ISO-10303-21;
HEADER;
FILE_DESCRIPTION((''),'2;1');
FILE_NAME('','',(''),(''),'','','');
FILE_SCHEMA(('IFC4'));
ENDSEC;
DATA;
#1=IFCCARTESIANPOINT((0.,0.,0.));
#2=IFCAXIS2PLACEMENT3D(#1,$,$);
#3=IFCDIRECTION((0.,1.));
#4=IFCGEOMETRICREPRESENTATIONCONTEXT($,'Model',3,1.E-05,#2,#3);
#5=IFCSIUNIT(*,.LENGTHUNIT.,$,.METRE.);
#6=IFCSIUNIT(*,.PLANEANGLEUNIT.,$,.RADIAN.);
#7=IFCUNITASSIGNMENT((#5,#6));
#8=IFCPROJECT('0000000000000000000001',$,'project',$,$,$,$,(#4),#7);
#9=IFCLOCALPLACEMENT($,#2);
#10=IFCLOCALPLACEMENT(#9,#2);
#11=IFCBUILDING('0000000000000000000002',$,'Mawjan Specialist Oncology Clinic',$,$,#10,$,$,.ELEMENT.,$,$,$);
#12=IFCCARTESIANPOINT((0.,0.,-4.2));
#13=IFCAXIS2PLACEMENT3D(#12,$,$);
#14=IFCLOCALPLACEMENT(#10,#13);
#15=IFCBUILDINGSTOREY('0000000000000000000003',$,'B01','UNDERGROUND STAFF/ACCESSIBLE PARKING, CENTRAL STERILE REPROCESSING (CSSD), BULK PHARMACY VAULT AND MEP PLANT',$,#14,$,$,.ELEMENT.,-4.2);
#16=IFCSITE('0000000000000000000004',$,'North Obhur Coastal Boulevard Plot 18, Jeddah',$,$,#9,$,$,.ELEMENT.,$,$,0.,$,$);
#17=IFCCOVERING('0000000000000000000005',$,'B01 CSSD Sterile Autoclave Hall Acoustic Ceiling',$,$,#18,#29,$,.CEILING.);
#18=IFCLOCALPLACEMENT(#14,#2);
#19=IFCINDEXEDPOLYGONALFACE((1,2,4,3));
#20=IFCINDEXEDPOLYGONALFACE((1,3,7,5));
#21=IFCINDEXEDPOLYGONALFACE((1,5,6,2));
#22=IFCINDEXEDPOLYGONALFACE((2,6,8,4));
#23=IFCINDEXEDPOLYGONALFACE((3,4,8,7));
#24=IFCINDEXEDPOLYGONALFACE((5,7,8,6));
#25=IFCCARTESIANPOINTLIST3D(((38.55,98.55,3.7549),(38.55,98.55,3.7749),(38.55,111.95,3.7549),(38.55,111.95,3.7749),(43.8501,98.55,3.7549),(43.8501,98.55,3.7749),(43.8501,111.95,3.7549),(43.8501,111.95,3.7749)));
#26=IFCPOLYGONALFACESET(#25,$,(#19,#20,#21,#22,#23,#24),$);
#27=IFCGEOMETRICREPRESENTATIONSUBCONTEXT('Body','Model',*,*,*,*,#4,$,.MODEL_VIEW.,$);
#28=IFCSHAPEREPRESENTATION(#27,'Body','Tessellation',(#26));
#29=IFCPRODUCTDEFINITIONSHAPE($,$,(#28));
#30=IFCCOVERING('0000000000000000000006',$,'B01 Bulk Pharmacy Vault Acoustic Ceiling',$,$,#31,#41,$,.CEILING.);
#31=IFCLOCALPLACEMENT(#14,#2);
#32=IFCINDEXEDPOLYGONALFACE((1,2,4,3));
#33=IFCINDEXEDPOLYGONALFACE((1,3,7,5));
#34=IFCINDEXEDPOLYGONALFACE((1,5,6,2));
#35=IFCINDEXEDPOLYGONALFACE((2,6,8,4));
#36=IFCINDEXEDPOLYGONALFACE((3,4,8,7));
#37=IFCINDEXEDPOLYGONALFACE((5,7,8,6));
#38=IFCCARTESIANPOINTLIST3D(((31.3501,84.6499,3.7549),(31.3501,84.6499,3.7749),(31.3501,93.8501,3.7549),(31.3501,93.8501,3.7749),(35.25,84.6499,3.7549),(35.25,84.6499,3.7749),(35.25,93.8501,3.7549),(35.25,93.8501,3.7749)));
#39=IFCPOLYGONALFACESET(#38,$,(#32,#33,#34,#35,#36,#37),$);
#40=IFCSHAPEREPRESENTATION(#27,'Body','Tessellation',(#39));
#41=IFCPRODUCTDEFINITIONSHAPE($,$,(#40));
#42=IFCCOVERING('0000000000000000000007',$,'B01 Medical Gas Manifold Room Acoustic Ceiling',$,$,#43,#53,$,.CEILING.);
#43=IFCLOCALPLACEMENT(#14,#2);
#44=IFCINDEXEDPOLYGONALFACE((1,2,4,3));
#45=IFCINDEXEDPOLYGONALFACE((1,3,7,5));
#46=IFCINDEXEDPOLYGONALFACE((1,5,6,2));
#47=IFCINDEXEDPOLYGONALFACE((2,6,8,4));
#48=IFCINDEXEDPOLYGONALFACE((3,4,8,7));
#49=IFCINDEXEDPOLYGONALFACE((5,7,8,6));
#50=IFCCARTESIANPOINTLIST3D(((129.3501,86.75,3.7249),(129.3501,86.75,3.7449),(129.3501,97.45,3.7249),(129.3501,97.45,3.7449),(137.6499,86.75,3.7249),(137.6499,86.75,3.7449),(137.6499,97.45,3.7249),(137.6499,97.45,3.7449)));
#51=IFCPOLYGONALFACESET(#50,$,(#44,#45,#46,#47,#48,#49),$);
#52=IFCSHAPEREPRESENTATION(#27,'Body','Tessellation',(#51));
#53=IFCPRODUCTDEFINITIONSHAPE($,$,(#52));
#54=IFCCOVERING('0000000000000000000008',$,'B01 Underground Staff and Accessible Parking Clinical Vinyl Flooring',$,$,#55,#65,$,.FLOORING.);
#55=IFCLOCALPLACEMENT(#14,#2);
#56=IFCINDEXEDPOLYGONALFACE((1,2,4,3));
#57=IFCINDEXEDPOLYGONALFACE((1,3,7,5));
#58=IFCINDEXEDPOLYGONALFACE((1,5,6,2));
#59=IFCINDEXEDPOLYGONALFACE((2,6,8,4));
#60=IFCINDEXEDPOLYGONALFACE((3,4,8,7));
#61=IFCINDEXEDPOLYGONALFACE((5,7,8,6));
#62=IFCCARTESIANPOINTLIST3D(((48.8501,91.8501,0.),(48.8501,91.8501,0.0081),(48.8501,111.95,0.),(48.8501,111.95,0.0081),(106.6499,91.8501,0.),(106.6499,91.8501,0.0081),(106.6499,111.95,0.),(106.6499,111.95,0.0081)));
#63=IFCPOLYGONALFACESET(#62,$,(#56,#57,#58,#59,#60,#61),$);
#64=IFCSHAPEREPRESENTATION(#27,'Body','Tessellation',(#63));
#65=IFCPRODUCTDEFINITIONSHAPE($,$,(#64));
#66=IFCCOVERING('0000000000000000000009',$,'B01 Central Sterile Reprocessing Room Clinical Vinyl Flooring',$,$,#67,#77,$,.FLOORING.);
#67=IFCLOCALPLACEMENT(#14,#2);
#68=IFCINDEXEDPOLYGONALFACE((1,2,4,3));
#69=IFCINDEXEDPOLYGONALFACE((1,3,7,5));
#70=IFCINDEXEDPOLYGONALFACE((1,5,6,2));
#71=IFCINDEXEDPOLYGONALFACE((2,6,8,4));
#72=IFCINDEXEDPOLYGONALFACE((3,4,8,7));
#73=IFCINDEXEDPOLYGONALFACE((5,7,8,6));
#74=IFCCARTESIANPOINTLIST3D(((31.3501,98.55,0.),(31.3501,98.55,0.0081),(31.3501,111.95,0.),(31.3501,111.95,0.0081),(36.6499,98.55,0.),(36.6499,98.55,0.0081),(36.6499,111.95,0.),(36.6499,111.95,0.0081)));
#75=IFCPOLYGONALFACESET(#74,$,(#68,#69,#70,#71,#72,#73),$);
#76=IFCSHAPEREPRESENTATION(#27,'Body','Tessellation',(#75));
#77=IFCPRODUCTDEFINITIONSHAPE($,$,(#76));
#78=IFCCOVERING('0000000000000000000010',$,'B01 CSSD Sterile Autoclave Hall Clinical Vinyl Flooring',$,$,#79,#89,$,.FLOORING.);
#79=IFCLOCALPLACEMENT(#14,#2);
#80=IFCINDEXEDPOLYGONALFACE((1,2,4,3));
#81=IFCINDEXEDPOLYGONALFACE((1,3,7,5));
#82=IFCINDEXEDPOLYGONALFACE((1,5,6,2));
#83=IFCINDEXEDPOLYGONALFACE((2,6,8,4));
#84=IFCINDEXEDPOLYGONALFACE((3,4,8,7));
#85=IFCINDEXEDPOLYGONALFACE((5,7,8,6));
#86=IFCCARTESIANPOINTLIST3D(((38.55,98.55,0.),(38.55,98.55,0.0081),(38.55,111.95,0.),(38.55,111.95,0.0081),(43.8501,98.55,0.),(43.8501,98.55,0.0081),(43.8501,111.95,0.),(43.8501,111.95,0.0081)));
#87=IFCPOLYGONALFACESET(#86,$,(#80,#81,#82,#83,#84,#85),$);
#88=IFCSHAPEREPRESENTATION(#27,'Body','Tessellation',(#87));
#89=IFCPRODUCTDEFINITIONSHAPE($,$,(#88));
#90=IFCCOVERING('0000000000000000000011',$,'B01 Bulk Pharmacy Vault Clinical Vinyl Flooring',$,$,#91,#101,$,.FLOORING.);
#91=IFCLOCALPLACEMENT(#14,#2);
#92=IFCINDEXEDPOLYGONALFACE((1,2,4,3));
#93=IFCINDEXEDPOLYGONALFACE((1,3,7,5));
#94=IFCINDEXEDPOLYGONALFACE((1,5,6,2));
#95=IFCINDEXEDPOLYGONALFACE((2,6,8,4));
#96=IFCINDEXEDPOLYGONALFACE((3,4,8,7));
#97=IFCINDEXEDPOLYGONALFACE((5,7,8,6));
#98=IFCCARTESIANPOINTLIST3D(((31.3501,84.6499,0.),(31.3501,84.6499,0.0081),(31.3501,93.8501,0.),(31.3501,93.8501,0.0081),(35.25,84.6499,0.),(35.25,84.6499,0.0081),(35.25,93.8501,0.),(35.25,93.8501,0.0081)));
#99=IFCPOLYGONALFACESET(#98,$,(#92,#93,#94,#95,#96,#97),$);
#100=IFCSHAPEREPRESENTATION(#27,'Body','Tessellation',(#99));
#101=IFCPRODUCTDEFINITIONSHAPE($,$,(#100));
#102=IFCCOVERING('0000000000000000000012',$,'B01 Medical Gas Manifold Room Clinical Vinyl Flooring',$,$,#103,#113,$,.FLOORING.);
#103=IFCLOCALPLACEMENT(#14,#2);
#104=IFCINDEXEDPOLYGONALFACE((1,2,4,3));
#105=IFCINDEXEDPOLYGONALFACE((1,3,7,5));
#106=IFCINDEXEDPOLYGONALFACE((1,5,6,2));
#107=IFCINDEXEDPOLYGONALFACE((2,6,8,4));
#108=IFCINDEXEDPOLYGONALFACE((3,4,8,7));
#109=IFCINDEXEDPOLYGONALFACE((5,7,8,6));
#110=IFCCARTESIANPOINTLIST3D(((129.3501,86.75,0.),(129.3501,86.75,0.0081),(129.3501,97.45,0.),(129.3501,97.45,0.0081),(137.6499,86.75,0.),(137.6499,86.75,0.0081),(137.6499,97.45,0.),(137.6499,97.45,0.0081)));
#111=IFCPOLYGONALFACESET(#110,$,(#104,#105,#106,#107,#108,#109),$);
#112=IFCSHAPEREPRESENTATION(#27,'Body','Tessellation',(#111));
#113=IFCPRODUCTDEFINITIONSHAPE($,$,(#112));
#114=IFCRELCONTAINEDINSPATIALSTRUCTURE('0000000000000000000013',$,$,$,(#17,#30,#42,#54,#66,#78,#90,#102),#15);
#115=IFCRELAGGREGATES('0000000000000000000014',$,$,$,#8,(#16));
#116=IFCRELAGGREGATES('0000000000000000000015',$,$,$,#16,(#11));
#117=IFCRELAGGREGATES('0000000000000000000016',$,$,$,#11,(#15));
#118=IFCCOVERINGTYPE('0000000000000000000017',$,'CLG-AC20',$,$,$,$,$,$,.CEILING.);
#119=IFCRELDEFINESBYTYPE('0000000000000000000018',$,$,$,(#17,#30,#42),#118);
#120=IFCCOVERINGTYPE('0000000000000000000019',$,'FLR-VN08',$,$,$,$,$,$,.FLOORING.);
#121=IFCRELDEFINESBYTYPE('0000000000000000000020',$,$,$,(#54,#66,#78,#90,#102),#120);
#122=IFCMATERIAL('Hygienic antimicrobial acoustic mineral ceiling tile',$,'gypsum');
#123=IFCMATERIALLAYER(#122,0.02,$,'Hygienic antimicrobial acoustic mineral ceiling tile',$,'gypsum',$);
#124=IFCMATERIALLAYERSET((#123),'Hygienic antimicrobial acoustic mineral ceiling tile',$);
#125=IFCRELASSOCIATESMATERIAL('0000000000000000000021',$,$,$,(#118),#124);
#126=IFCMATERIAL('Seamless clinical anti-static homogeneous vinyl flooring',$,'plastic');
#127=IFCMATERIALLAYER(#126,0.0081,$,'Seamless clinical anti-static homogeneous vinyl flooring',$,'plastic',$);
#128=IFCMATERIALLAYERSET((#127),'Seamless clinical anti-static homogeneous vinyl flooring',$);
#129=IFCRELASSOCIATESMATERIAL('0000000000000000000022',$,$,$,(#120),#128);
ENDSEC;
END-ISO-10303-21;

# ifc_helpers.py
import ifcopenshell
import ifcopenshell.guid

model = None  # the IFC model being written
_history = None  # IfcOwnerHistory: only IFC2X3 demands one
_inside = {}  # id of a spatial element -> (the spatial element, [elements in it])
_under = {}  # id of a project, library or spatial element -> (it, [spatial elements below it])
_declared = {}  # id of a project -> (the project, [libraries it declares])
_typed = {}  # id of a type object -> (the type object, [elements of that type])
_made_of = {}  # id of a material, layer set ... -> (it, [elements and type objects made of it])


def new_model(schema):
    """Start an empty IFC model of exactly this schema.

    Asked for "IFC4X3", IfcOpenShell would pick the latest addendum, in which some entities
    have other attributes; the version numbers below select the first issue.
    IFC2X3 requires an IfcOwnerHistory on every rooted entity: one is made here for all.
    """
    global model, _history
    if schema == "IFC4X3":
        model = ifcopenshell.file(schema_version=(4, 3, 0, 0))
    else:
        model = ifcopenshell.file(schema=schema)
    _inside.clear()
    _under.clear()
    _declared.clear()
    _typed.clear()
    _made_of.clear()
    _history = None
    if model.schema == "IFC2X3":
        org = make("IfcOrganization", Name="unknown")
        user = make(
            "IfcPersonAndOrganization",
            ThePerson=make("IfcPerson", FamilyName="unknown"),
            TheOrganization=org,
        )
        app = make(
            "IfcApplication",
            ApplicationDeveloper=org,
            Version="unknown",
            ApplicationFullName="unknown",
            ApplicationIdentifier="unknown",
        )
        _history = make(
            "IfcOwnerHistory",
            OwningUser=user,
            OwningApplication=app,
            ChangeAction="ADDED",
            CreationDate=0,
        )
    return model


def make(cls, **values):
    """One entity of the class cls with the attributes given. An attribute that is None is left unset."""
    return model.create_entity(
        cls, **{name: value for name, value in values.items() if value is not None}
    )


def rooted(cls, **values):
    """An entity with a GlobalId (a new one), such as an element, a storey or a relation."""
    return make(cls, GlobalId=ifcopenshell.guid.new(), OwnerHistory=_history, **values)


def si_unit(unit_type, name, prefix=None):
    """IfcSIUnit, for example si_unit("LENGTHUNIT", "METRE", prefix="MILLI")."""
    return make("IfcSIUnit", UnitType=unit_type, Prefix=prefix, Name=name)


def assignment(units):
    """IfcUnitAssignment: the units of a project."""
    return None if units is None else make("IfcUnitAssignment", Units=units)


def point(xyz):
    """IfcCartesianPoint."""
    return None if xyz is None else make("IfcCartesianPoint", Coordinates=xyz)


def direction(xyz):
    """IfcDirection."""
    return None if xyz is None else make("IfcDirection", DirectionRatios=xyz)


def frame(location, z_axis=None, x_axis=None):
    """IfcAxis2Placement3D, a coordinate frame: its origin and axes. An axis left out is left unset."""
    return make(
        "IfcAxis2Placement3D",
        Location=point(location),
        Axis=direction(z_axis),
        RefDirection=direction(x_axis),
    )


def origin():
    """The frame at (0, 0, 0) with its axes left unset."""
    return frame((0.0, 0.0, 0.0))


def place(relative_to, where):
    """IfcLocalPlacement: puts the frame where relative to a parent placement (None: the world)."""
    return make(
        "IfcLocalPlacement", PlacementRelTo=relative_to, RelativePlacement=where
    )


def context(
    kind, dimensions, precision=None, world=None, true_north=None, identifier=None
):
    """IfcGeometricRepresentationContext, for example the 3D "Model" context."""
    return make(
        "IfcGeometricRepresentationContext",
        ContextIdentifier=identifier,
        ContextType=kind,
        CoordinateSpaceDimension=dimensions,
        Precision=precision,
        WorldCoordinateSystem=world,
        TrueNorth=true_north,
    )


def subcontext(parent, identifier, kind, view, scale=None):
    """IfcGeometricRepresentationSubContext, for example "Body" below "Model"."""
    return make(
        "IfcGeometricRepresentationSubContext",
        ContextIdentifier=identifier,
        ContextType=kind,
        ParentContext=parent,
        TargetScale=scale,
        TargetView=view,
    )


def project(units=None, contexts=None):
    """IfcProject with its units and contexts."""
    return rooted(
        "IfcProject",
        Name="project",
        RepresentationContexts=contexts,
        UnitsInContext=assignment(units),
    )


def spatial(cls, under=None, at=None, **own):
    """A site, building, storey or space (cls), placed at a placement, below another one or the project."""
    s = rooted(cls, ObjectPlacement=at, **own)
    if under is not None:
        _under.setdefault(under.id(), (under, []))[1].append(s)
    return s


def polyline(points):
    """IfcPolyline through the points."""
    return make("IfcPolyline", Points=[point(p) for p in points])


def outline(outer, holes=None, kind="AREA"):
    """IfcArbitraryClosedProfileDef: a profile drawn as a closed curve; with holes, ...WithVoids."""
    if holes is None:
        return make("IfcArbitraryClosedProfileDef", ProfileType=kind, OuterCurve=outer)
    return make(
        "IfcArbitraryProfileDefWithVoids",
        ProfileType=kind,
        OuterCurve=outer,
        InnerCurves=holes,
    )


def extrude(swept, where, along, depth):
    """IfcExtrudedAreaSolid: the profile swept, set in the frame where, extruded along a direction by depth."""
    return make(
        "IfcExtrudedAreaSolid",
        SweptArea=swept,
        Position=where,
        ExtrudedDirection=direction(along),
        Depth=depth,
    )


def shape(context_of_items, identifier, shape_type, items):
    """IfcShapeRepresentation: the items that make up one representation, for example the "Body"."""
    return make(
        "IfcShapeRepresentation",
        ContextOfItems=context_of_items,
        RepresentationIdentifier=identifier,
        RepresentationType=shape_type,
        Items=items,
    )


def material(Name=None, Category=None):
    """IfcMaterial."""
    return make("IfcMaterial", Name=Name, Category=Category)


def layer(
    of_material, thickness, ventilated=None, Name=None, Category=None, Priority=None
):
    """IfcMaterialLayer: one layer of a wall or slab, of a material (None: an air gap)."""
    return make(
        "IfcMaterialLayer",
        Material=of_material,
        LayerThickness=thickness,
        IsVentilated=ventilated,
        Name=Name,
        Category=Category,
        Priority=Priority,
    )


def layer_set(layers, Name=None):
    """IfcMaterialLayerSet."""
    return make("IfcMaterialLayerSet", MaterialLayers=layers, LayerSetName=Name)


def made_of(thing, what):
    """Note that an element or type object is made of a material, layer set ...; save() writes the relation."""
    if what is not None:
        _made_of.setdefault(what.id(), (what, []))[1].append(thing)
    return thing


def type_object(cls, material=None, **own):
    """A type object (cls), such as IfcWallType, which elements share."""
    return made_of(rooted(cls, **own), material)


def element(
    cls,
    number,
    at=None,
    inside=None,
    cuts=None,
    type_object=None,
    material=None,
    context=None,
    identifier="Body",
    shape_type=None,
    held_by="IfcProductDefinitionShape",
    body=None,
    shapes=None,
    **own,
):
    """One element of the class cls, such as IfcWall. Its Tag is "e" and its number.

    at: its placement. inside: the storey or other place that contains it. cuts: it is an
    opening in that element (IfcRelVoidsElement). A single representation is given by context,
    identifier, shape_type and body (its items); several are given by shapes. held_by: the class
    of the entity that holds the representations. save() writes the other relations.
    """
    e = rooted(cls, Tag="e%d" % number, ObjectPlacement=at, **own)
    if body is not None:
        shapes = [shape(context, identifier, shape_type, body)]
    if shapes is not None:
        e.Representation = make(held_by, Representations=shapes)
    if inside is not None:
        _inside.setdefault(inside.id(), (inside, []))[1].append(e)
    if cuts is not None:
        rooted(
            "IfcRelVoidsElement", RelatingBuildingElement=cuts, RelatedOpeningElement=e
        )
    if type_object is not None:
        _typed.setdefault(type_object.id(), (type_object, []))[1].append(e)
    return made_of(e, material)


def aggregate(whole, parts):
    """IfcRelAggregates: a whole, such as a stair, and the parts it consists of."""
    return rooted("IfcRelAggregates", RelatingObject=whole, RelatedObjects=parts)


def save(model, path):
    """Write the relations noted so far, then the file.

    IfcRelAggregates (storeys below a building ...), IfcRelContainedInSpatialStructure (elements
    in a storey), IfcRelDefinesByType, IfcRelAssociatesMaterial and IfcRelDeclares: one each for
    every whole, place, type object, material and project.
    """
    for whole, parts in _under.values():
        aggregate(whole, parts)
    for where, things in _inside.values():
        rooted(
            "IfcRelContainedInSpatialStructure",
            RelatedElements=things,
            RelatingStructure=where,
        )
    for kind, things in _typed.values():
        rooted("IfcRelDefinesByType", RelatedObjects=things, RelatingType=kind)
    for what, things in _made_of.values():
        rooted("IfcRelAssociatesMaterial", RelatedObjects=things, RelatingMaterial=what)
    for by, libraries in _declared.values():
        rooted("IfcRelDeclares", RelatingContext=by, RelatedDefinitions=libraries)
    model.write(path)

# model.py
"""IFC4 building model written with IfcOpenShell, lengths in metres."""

from ifc_helpers import new_model, si_unit, direction, frame, origin, place, context, subcontext, project, spatial, polyline, outline, extrude, material, layer, layer_set, type_object, element, save


model = new_model("IFC4")

# Units and contexts
model_context = context("Model", 3, precision=1e-05, world=origin(), true_north=direction((0.0, 1.0)))
body_context = subcontext(model_context, "Body", "Model", "MODEL_VIEW")
ifc_project = project(units=[si_unit("LENGTHUNIT", "METRE"), si_unit("PLANEANGLEUNIT", "RADIAN")], contexts=[model_context])

# Site, building, storey
site_placement = place(None, origin())
site = spatial("IfcSite", under=ifc_project, at=site_placement, Name="North Obhur Coastal Boulevard Plot 18, Jeddah", CompositionType="ELEMENT", RefElevation=0.0)
building_placement = place(site_placement, origin())
building = spatial("IfcBuilding", under=site, at=building_placement, Name="Mawjan Specialist Oncology Clinic", CompositionType="ELEMENT")
storey_placement = place(building_placement, frame((0.0, 0.0, -4.2)))
storey = spatial("IfcBuildingStorey", under=building, at=storey_placement, Name="B01", Description="UNDERGROUND STAFF/ACCESSIBLE PARKING, CENTRAL STERILE REPROCESSING (CSSD), BULK PHARMACY VAULT AND MEP PLANT", CompositionType="ELEMENT", Elevation=-4.2)

# Coverings
ifc_material_1 = material(Name="Hygienic antimicrobial acoustic mineral ceiling tile", Category="gypsum")
ifc_layer_1 = layer(ifc_material_1, 0.02, Name="Hygienic antimicrobial acoustic mineral ceiling tile", Category="gypsum")
ifc_layer_set_1 = layer_set([ifc_layer_1], Name="Hygienic antimicrobial acoustic mineral ceiling tile")
covering_type_1 = type_object("IfcCoveringType", Name="CLG-AC20", PredefinedType="CEILING", material=ifc_layer_set_1)
covering_1_placement = place(storey_placement, frame((0.0, 0.0, 3.7549)))
element("IfcCovering", 1, at=covering_1_placement, inside=storey, type_object=covering_type_1, Name="B01 CSSD Sterile Autoclave Hall Acoustic Ceiling", PredefinedType="CEILING", context=body_context, shape_type="SweptSolid", body=[
    extrude(outline(polyline([(43.8501, 111.95), (43.8501, 98.55), (38.55, 98.55), (38.55, 111.95), (43.8501, 111.95)])), origin(), (0.0, 0.0, 1.0), 0.02),
])
covering_2_placement = place(storey_placement, frame((0.0, 0.0, 3.7549)))
element("IfcCovering", 2, at=covering_2_placement, inside=storey, type_object=covering_type_1, Name="B01 Bulk Pharmacy Vault Acoustic Ceiling", PredefinedType="CEILING", context=body_context, shape_type="SweptSolid", body=[
    extrude(outline(polyline([(35.25, 93.8501), (35.25, 84.6499), (31.3501, 84.6499), (31.3501, 93.8501), (35.25, 93.8501)])), origin(), (0.0, 0.0, 1.0), 0.02),
])
covering_3_placement = place(storey_placement, frame((0.0, 0.0, 3.7249)))
element("IfcCovering", 3, at=covering_3_placement, inside=storey, type_object=covering_type_1, Name="B01 Medical Gas Manifold Room Acoustic Ceiling", PredefinedType="CEILING", context=body_context, shape_type="SweptSolid", body=[
    extrude(outline(polyline([(137.6499, 97.45), (137.6499, 86.75), (129.3501, 86.75), (129.3501, 97.45), (137.6499, 97.45)])), origin(), (0.0, 0.0, 1.0), 0.02),
])
ifc_material_2 = material(Name="Seamless clinical anti-static homogeneous vinyl flooring", Category="plastic")
ifc_layer_2 = layer(ifc_material_2, 0.0081, Name="Seamless clinical anti-static homogeneous vinyl flooring", Category="plastic")
ifc_layer_set_2 = layer_set([ifc_layer_2], Name="Seamless clinical anti-static homogeneous vinyl flooring")
covering_type_2 = type_object("IfcCoveringType", Name="FLR-VN08", PredefinedType="FLOORING", material=ifc_layer_set_2)
covering_4_placement = place(storey_placement, origin())
element("IfcCovering", 4, at=covering_4_placement, inside=storey, type_object=covering_type_2, Name="B01 Underground Staff and Accessible Parking Clinical Vinyl Flooring", PredefinedType="FLOORING", context=body_context, shape_type="SweptSolid", body=[
    extrude(outline(polyline([(106.6499, 111.95), (106.6499, 91.8501), (48.8501, 91.8501), (48.8501, 111.95), (106.6499, 111.95)])), origin(), (0.0, 0.0, 1.0), 0.0081),
])
covering_5_placement = place(storey_placement, origin())
element("IfcCovering", 5, at=covering_5_placement, inside=storey, type_object=covering_type_2, Name="B01 Central Sterile Reprocessing Room Clinical Vinyl Flooring", PredefinedType="FLOORING", context=body_context, shape_type="SweptSolid", body=[
    extrude(outline(polyline([(36.6499, 111.95), (36.6499, 98.55), (31.3501, 98.55), (31.3501, 111.95), (36.6499, 111.95)])), origin(), (0.0, 0.0, 1.0), 0.0081),
])
covering_6_placement = place(storey_placement, origin())
element("IfcCovering", 6, at=covering_6_placement, inside=storey, type_object=covering_type_2, Name="B01 CSSD Sterile Autoclave Hall Clinical Vinyl Flooring", PredefinedType="FLOORING", context=body_context, shape_type="SweptSolid", body=[
    extrude(outline(polyline([(43.8501, 111.95), (43.8501, 98.55), (38.55, 98.55), (38.55, 111.95), (43.8501, 111.95)])), origin(), (0.0, 0.0, 1.0), 0.0081),
])
covering_7_placement = place(storey_placement, origin())
element("IfcCovering", 7, at=covering_7_placement, inside=storey, type_object=covering_type_2, Name="B01 Bulk Pharmacy Vault Clinical Vinyl Flooring", PredefinedType="FLOORING", context=body_context, shape_type="SweptSolid", body=[
    extrude(outline(polyline([(35.25, 93.8501), (35.25, 84.6499), (31.3501, 84.6499), (31.3501, 93.8501), (35.25, 93.8501)])), origin(), (0.0, 0.0, 1.0), 0.0081),
])
covering_8_placement = place(storey_placement, origin())
element("IfcCovering", 8, at=covering_8_placement, inside=storey, type_object=covering_type_2, Name="B01 Medical Gas Manifold Room Clinical Vinyl Flooring", PredefinedType="FLOORING", context=body_context, shape_type="SweptSolid", body=[
    extrude(outline(polyline([(137.6499, 97.45), (137.6499, 86.75), (129.3501, 86.75), (129.3501, 97.45), (137.6499, 97.45)])), origin(), (0.0, 0.0, 1.0), 0.0081),
])

save(model, "model.ifc")
